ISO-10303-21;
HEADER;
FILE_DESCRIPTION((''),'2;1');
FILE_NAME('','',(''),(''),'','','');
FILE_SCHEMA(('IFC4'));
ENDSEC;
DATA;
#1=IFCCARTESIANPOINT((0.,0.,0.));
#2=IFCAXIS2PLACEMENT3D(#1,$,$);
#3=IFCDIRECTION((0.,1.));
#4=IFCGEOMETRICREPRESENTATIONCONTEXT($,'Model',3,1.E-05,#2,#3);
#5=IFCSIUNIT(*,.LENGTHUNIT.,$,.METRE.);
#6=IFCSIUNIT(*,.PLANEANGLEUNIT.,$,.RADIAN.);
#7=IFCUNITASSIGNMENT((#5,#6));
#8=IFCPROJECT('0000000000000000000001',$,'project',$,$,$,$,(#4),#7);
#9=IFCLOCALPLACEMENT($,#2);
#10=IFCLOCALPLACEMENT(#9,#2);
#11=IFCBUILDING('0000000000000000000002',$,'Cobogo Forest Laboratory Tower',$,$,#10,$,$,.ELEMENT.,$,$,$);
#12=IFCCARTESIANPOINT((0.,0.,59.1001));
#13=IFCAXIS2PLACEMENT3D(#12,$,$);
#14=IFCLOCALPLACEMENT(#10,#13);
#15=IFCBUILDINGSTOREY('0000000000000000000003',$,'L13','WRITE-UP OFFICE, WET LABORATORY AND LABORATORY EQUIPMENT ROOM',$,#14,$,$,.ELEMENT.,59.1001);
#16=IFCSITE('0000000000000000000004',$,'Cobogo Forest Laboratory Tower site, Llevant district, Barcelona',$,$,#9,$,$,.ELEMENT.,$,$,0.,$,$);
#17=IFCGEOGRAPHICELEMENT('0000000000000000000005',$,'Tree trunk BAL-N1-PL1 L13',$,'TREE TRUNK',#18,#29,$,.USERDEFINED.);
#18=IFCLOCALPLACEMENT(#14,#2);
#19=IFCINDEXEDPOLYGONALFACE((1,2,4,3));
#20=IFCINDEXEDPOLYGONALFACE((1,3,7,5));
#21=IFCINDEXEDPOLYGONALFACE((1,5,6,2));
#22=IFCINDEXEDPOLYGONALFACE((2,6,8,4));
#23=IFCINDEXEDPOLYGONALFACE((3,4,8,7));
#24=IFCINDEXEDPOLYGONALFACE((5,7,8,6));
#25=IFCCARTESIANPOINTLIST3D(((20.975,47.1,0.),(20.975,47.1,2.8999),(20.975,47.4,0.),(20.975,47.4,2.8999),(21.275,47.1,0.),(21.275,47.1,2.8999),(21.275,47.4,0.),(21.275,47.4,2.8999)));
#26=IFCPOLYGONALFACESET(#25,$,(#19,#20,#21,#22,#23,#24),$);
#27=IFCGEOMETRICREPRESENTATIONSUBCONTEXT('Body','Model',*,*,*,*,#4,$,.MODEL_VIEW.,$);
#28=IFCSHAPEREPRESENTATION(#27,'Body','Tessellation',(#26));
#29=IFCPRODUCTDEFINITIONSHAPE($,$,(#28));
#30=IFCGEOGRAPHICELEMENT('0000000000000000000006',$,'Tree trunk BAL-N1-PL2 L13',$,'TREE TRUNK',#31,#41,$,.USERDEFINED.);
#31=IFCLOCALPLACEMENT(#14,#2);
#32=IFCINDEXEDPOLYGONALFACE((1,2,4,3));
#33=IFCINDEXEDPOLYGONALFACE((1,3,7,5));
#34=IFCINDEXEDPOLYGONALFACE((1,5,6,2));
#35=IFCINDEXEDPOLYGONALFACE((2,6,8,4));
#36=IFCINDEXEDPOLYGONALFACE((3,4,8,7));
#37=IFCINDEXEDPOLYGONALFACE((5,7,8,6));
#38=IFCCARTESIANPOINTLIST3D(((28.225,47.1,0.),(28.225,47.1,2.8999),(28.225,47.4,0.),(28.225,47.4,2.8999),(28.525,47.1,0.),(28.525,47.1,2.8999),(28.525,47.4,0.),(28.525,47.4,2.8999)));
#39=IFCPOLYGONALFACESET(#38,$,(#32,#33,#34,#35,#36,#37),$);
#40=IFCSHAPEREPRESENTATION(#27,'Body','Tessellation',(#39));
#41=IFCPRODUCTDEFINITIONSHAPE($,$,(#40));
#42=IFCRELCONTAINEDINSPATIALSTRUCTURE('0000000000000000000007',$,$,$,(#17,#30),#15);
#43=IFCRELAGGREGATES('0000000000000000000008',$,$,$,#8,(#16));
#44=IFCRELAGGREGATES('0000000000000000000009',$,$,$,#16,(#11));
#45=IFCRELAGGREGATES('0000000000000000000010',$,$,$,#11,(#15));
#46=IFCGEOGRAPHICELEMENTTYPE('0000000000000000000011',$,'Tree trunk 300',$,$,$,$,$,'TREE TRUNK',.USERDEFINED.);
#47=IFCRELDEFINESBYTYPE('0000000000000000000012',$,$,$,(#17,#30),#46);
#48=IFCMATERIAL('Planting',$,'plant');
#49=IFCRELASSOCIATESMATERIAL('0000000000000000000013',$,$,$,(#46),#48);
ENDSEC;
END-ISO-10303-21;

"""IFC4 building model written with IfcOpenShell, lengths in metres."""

from ifc_helpers import new_model, si_unit, direction, frame, origin, origin_2d, place, context, subcontext, project, spatial, rectangle, extrude, material, type_object, element, save


model = new_model("IFC4")

# Units and contexts
model_context = context("Model", 3, precision=1e-05, world=origin(), true_north=direction((0.0, 1.0)))
body_context = subcontext(model_context, "Body", "Model", "MODEL_VIEW")
ifc_project = project(units=[si_unit("LENGTHUNIT", "METRE"), si_unit("PLANEANGLEUNIT", "RADIAN")], contexts=[model_context])

# Site, building, storey
site_placement = place(None, origin())
site = spatial("IfcSite", under=ifc_project, at=site_placement, Name="Cobogo Forest Laboratory Tower site, Llevant district, Barcelona", CompositionType="ELEMENT", RefElevation=0.0)
building_placement = place(site_placement, origin())
building = spatial("IfcBuilding", under=site, at=building_placement, Name="Cobogo Forest Laboratory Tower", CompositionType="ELEMENT")
storey_placement = place(building_placement, frame((0.0, 0.0, 59.1001)))
storey = spatial("IfcBuildingStorey", under=building, at=storey_placement, Name="L13", Description="WRITE-UP OFFICE, WET LABORATORY AND LABORATORY EQUIPMENT ROOM", CompositionType="ELEMENT", Elevation=59.1001)

# Geographic elements
ifc_material_1 = material(Name="Planting", Category="plant")
geographic_element_type = type_object("IfcGeographicElementType", Name="Tree trunk 300", ElementType="TREE TRUNK", PredefinedType="USERDEFINED", material=ifc_material_1)
for number, where, z_axis, x_axis, name in (
    (1, (21.125, 47.25, 0.0), (0.0, 0.0, 1.0), (1.0, 0.0, 0.0), "Tree trunk BAL-N1-PL1 L13"),
    (2, (28.375, 47.25, 0.0), (0.0, 0.0, 1.0), (1.0, 0.0, 0.0), "Tree trunk BAL-N1-PL2 L13"),
):
    element("IfcGeographicElement", number, at=place(storey_placement, frame(where, z_axis=z_axis, x_axis=x_axis)), inside=storey, type_object=geographic_element_type, Name=name, ObjectType="TREE TRUNK", PredefinedType="USERDEFINED", context=body_context, shape_type="SweptSolid", body=[
        extrude(rectangle(XDim=0.3, YDim=0.3, at=origin_2d()), origin(), (0.0, 0.0, 1.0), 2.8999),
    ])

save(model, "model.ifc")
